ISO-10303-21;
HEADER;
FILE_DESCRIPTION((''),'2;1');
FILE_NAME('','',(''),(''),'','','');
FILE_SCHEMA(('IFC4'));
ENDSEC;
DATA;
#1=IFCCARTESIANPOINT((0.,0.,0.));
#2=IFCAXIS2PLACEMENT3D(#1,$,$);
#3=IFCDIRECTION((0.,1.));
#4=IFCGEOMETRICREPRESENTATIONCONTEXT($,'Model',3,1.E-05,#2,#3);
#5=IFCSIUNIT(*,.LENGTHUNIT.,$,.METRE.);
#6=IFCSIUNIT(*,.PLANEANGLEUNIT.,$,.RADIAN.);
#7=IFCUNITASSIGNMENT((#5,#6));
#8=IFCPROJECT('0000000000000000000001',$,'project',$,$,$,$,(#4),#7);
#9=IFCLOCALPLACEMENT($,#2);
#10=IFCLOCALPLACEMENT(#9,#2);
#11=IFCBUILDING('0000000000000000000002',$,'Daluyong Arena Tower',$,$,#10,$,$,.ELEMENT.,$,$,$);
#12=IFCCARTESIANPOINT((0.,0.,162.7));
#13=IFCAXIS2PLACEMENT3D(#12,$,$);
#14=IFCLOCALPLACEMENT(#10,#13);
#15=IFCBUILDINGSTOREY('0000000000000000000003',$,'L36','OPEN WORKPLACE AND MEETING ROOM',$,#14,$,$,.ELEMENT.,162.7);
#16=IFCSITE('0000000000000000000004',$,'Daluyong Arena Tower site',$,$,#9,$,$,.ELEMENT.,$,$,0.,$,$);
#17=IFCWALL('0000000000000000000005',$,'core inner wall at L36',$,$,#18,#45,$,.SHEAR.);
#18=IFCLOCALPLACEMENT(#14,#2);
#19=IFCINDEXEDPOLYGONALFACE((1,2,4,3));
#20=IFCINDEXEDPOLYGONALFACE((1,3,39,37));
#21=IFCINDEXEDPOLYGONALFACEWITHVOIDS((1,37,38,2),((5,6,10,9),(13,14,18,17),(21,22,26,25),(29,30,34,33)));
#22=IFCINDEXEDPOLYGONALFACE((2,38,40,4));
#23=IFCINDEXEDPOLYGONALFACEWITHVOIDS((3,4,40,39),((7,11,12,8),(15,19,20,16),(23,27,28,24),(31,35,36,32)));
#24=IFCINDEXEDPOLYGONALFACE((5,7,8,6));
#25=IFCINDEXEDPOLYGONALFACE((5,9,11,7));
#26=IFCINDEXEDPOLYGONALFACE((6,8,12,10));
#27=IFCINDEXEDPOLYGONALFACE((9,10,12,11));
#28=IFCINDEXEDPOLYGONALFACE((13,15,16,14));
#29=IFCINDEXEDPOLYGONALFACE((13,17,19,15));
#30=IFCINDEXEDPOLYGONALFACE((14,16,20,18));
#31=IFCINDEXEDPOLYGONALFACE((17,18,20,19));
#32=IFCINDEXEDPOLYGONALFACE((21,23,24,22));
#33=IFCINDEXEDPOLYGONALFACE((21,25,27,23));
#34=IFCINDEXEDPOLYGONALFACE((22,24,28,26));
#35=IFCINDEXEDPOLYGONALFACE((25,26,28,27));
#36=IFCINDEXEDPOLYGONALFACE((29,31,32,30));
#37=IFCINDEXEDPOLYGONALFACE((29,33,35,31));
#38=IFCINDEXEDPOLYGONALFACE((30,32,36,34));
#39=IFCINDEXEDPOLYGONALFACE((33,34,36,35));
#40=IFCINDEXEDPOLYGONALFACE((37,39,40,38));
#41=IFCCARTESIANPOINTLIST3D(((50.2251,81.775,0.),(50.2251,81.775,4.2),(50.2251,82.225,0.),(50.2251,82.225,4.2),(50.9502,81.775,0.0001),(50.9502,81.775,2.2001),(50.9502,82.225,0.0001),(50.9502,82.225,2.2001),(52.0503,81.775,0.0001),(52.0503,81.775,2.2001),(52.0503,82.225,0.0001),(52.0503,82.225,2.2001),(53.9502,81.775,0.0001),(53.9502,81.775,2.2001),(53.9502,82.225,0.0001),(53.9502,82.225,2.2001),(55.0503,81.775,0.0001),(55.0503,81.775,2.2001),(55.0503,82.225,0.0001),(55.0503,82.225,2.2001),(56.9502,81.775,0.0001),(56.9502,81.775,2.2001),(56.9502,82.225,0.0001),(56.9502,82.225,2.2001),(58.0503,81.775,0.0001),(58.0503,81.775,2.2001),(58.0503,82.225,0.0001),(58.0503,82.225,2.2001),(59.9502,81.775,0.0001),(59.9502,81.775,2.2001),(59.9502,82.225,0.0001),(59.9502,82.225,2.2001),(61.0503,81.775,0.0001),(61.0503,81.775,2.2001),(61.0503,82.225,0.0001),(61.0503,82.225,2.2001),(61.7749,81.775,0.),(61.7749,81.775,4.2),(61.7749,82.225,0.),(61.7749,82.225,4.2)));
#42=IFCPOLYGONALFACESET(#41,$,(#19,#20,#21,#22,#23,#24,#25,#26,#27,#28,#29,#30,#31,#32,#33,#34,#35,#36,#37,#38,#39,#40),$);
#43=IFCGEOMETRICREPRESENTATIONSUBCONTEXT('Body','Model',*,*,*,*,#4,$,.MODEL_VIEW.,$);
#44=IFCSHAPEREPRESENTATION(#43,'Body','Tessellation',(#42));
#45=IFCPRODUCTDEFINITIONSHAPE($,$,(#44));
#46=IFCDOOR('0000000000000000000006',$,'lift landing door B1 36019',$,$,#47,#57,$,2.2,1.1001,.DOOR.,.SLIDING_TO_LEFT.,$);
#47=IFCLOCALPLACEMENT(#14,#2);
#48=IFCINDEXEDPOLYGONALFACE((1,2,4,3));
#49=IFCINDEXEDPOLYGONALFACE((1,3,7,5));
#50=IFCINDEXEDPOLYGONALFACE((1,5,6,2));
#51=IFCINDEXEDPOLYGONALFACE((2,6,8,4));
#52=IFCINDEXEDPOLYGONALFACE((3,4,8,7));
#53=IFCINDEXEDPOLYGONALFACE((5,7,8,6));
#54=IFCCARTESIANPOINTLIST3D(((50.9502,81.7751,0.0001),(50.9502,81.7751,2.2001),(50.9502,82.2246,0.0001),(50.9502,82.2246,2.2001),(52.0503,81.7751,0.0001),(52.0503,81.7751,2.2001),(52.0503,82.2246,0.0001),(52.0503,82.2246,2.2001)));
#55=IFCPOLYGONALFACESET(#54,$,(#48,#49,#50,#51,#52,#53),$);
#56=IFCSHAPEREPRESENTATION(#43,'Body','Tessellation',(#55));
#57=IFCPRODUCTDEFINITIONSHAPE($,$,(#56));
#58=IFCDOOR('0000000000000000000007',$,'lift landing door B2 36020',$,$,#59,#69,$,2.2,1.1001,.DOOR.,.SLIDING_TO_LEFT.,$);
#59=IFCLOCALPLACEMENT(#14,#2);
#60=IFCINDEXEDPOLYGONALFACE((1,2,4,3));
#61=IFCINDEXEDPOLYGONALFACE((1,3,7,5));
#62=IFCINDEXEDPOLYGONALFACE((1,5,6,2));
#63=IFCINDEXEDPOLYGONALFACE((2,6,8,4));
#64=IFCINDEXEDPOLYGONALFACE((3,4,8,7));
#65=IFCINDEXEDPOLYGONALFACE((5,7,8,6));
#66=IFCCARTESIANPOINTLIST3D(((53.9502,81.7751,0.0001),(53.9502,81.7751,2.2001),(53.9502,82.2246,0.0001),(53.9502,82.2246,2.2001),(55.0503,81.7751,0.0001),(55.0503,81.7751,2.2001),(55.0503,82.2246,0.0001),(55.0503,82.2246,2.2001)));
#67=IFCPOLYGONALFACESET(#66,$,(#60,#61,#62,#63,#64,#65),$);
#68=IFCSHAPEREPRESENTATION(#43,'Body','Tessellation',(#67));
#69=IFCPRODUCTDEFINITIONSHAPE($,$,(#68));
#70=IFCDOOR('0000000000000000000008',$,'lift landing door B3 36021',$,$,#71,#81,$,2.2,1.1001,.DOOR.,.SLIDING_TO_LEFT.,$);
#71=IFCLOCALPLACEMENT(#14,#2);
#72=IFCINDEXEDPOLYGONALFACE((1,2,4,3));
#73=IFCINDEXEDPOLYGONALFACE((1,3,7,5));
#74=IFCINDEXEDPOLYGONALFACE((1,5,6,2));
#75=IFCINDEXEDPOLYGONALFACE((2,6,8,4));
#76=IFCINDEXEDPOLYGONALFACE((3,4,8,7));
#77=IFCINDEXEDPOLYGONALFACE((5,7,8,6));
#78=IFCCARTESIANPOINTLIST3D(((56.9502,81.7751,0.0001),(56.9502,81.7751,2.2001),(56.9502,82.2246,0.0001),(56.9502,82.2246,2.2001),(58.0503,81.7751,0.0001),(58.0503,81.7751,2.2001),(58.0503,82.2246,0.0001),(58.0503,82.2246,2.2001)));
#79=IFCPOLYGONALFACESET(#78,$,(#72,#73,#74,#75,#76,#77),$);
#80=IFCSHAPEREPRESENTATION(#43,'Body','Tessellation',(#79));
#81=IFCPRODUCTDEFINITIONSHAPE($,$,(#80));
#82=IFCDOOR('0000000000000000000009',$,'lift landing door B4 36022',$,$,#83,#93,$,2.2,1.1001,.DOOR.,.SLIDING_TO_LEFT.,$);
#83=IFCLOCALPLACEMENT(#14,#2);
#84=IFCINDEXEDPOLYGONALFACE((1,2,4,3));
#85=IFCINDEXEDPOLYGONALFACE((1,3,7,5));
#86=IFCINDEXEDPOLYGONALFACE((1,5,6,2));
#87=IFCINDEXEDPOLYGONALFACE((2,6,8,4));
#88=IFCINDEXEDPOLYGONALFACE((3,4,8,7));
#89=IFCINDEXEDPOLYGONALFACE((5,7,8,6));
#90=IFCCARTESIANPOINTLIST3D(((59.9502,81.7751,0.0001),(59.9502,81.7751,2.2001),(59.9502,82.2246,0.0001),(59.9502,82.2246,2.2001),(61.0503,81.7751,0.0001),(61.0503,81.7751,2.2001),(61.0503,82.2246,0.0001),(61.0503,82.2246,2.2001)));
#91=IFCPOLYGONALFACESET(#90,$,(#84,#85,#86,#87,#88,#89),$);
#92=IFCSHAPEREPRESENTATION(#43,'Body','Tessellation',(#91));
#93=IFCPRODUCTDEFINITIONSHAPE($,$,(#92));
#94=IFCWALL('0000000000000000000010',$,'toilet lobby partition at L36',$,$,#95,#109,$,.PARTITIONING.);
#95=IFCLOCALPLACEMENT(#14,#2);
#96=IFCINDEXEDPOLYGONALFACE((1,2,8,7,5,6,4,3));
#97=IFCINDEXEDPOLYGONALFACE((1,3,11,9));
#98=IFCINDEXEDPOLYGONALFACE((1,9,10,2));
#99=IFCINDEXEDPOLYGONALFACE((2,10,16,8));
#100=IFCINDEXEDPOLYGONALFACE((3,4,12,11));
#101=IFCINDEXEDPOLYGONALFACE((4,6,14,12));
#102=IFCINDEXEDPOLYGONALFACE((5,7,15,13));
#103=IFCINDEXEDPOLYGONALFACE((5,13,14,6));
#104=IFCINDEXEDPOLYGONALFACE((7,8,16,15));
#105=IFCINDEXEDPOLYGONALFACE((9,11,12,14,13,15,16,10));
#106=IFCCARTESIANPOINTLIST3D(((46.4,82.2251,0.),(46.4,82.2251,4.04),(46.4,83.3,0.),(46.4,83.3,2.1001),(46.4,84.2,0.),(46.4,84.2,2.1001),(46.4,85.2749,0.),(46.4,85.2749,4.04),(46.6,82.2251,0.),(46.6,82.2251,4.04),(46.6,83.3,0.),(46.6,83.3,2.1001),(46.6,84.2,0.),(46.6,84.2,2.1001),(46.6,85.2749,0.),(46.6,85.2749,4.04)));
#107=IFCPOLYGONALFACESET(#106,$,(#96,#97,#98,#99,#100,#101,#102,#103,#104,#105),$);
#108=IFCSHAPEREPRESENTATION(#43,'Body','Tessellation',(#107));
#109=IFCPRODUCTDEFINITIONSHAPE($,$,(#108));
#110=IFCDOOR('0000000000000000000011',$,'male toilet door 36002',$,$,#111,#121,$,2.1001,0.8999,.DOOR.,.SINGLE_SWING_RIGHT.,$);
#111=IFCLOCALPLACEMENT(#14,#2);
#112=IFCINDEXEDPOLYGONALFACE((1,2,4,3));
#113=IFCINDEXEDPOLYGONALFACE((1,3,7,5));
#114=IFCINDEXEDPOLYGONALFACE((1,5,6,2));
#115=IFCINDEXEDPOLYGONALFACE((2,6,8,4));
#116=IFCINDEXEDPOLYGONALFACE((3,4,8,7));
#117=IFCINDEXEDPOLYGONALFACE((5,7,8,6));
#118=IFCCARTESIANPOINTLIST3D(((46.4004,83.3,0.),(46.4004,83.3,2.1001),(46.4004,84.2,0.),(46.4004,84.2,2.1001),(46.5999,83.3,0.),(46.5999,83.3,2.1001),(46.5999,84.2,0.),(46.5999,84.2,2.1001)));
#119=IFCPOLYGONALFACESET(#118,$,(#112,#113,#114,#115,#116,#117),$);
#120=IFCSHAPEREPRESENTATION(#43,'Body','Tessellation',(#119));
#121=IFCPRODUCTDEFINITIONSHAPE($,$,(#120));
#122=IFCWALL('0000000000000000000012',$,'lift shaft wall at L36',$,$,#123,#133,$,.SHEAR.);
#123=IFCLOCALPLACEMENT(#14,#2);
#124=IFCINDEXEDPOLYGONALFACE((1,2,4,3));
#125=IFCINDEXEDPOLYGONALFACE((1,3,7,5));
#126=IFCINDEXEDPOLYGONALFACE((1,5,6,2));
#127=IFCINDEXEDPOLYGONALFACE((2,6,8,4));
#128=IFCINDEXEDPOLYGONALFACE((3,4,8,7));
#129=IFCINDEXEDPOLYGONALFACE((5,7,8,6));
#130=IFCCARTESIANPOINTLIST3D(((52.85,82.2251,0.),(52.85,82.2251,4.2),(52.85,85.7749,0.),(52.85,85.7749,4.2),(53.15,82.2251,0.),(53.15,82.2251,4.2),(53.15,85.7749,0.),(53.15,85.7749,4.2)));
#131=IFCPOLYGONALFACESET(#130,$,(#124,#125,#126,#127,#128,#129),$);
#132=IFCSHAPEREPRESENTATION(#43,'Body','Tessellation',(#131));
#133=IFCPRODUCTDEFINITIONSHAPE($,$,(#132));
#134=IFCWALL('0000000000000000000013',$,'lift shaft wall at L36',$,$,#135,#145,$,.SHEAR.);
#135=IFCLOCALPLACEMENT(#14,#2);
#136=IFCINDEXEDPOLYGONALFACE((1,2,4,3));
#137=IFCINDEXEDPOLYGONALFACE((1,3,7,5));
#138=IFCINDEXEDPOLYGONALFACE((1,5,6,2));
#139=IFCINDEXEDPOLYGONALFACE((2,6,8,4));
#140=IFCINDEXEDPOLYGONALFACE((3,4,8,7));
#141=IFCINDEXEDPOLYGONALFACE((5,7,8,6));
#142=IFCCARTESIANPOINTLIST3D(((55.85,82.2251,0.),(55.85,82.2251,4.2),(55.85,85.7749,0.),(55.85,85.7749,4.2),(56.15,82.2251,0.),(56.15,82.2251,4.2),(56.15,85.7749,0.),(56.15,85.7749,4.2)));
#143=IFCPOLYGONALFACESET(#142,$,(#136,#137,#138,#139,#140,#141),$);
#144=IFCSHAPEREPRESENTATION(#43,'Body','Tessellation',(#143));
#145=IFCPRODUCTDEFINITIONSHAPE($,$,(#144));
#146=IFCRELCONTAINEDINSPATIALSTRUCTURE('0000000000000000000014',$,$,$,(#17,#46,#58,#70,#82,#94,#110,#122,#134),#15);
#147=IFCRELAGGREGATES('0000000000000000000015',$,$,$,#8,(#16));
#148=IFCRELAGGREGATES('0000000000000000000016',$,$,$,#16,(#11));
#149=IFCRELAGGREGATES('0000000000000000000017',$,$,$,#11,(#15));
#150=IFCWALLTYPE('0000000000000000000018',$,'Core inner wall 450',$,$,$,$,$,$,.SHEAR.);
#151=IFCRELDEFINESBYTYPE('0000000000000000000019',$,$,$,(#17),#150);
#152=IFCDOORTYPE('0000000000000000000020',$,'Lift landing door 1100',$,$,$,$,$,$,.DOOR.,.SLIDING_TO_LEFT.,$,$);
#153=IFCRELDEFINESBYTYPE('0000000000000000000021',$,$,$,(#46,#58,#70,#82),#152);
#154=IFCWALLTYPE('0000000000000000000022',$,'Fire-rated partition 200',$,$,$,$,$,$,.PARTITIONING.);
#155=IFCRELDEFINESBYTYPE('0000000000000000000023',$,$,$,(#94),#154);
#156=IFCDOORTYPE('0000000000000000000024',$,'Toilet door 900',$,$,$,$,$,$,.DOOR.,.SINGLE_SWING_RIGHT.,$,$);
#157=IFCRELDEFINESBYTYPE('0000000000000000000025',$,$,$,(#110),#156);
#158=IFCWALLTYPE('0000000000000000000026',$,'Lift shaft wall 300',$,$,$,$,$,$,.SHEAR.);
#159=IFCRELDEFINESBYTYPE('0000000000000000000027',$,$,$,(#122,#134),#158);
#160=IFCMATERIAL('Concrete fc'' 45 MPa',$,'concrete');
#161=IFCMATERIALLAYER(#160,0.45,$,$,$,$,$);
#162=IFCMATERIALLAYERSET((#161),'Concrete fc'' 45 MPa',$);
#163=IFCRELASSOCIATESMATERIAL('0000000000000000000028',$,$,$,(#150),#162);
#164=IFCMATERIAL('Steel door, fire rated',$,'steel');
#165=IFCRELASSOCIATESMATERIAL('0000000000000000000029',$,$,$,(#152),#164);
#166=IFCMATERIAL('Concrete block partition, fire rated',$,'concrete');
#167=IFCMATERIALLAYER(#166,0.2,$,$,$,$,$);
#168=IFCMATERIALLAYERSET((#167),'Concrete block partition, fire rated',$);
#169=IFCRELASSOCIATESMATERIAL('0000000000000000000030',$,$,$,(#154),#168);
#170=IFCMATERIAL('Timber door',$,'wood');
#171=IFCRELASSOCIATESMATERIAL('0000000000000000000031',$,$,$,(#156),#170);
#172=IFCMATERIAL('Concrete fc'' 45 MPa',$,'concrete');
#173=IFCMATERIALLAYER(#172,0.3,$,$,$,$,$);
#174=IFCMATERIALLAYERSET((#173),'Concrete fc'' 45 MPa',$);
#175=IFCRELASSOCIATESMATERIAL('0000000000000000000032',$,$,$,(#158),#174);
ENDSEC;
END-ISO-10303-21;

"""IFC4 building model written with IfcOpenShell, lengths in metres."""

from ifc_helpers import new_model, si_unit, direction, frame, frame_2d, origin, place, context, subcontext, project, spatial, rectangle, extrude, material, layer, layer_set, type_object, element, fill, save


model = new_model("IFC4")

# Units and contexts
model_context = context("Model", 3, precision=1e-05, world=origin(), true_north=direction((0.0, 1.0)))
body_context = subcontext(model_context, "Body", "Model", "MODEL_VIEW")
ifc_project = project(units=[si_unit("LENGTHUNIT", "METRE"), si_unit("PLANEANGLEUNIT", "RADIAN")], contexts=[model_context])

# Site, building, storey
site_placement = place(None, origin())
site = spatial("IfcSite", under=ifc_project, at=site_placement, Name="Daluyong Arena Tower site", CompositionType="ELEMENT", RefElevation=0.0)
building_placement = place(site_placement, origin())
building = spatial("IfcBuilding", under=site, at=building_placement, Name="Daluyong Arena Tower", CompositionType="ELEMENT")
storey_placement = place(building_placement, frame((0.0, 0.0, 162.7)))
storey = spatial("IfcBuildingStorey", under=building, at=storey_placement, Name="L36", Description="OPEN WORKPLACE AND MEETING ROOM", CompositionType="ELEMENT", Elevation=162.7)

# Wall, openings, doors
ifc_material_1 = material(Name="Concrete fc' 45 MPa", Category="concrete")
ifc_layer_1 = layer(ifc_material_1, 0.45)
ifc_layer_set_1 = layer_set([ifc_layer_1], Name="Concrete fc' 45 MPa")
wall_type_1 = type_object("IfcWallType", Name="Core inner wall 450", PredefinedType="SHEAR", material=ifc_layer_set_1)
wall_1_placement = place(storey_placement, frame((50.2251, 82.0, 0.0), z_axis=(0.0, 0.0, 1.0), x_axis=(1.0, 0.0, 0.0)))
wall_1 = element("IfcWall", 1, at=wall_1_placement, inside=storey, type_object=wall_type_1, Name="core inner wall at L36", PredefinedType="SHEAR", context=body_context, shape_type="SweptSolid", body=[
    extrude(rectangle(XDim=11.5498, YDim=0.45, at=frame_2d((5.7749, 0.0))), origin(), (0.0, 0.0, 1.0), 4.2),
])
opening_1_placement = place(wall_1_placement, frame((0.7251, 0.0, 0.0)))
opening_1 = element("IfcOpeningElement", 2, at=opening_1_placement, cuts=wall_1, PredefinedType="OPENING", context=body_context, shape_type="SweptSolid", body=[
    extrude(rectangle(XDim=1.1001, YDim=2.2, at=frame_2d((0.55, 1.1001))), frame((0.0, 0.2349, 0.0), z_axis=(0.0, -1.0, 0.0), x_axis=(1.0, 0.0, 0.0)), (0.0, 0.0, 1.0), 0.47),
])
opening_2_placement = place(wall_1_placement, frame((3.7251, 0.0, 0.0)))
opening_2 = element("IfcOpeningElement", 3, at=opening_2_placement, cuts=wall_1, PredefinedType="OPENING", context=body_context, shape_type="SweptSolid", body=[
    extrude(rectangle(XDim=1.1001, YDim=2.2, at=frame_2d((0.55, 1.1001))), frame((0.0, 0.2349, 0.0), z_axis=(0.0, -1.0, 0.0), x_axis=(1.0, 0.0, 0.0)), (0.0, 0.0, 1.0), 0.47),
])
opening_3_placement = place(wall_1_placement, frame((6.7251, 0.0, 0.0)))
opening_3 = element("IfcOpeningElement", 4, at=opening_3_placement, cuts=wall_1, PredefinedType="OPENING", context=body_context, shape_type="SweptSolid", body=[
    extrude(rectangle(XDim=1.1001, YDim=2.2, at=frame_2d((0.55, 1.1001))), frame((0.0, 0.2349, 0.0), z_axis=(0.0, -1.0, 0.0), x_axis=(1.0, 0.0, 0.0)), (0.0, 0.0, 1.0), 0.47),
])
opening_4_placement = place(wall_1_placement, frame((9.7251, 0.0, 0.0)))
opening_4 = element("IfcOpeningElement", 5, at=opening_4_placement, cuts=wall_1, PredefinedType="OPENING", context=body_context, shape_type="SweptSolid", body=[
    extrude(rectangle(XDim=1.1001, YDim=2.2, at=frame_2d((0.55, 1.1001))), frame((0.0, 0.2349, 0.0), z_axis=(0.0, -1.0, 0.0), x_axis=(1.0, 0.0, 0.0)), (0.0, 0.0, 1.0), 0.47),
])
ifc_material_2 = material(Name="Steel door, fire rated", Category="steel")
door_type_1 = type_object("IfcDoorType", Name="Lift landing door 1100", OperationType="SLIDING_TO_LEFT", PredefinedType="DOOR", material=ifc_material_2)
door_1_placement = place(opening_1_placement, origin())
door_1 = element("IfcDoor", 6, at=door_1_placement, inside=storey, type_object=door_type_1, Name="lift landing door B1 36019", OperationType="SLIDING_TO_LEFT", OverallHeight=2.2, OverallWidth=1.1001, PredefinedType="DOOR", context=body_context, shape_type="SweptSolid", body=[
    extrude(rectangle(XDim=1.1001, YDim=2.2, at=frame_2d((0.55, 1.1001))), frame((0.0, 0.2246, 0.0), z_axis=(0.0, -1.0, 0.0), x_axis=(1.0, 0.0, 0.0)), (0.0, 0.0, 1.0), 0.4495),
])
fill(opening_1, door_1)
door_2_placement = place(opening_2_placement, origin())
door_2 = element("IfcDoor", 7, at=door_2_placement, inside=storey, type_object=door_type_1, Name="lift landing door B2 36020", OperationType="SLIDING_TO_LEFT", OverallHeight=2.2, OverallWidth=1.1001, PredefinedType="DOOR", context=body_context, shape_type="SweptSolid", body=[
    extrude(rectangle(XDim=1.1001, YDim=2.2, at=frame_2d((0.55, 1.1001))), frame((0.0, 0.2246, 0.0), z_axis=(0.0, -1.0, 0.0), x_axis=(1.0, 0.0, 0.0)), (0.0, 0.0, 1.0), 0.4495),
])
fill(opening_2, door_2)
door_3_placement = place(opening_3_placement, origin())
door_3 = element("IfcDoor", 8, at=door_3_placement, inside=storey, type_object=door_type_1, Name="lift landing door B3 36021", OperationType="SLIDING_TO_LEFT", OverallHeight=2.2, OverallWidth=1.1001, PredefinedType="DOOR", context=body_context, shape_type="SweptSolid", body=[
    extrude(rectangle(XDim=1.1001, YDim=2.2, at=frame_2d((0.55, 1.1001))), frame((0.0, 0.2246, 0.0), z_axis=(0.0, -1.0, 0.0), x_axis=(1.0, 0.0, 0.0)), (0.0, 0.0, 1.0), 0.4495),
])
fill(opening_3, door_3)
door_4_placement = place(opening_4_placement, origin())
door_4 = element("IfcDoor", 9, at=door_4_placement, inside=storey, type_object=door_type_1, Name="lift landing door B4 36022", OperationType="SLIDING_TO_LEFT", OverallHeight=2.2, OverallWidth=1.1001, PredefinedType="DOOR", context=body_context, shape_type="SweptSolid", body=[
    extrude(rectangle(XDim=1.1001, YDim=2.2, at=frame_2d((0.55, 1.1001))), frame((0.0, 0.2246, 0.0), z_axis=(0.0, -1.0, 0.0), x_axis=(1.0, 0.0, 0.0)), (0.0, 0.0, 1.0), 0.4495),
])
fill(opening_4, door_4)

# Wall, opening, door
ifc_material_3 = material(Name="Concrete block partition, fire rated", Category="concrete")
ifc_layer_2 = layer(ifc_material_3, 0.2)
ifc_layer_set_2 = layer_set([ifc_layer_2], Name="Concrete block partition, fire rated")
wall_type_2 = type_object("IfcWallType", Name="Fire-rated partition 200", PredefinedType="PARTITIONING", material=ifc_layer_set_2)
wall_2_placement = place(storey_placement, frame((46.5, 82.2251, 0.0), z_axis=(0.0, 0.0, 1.0), x_axis=(0.0, 1.0, 0.0)))
wall_2 = element("IfcWall", 10, at=wall_2_placement, inside=storey, type_object=wall_type_2, Name="toilet lobby partition at L36", PredefinedType="PARTITIONING", context=body_context, shape_type="SweptSolid", body=[
    extrude(rectangle(XDim=3.0498, YDim=0.2, at=frame_2d((1.5249, 0.0))), origin(), (0.0, 0.0, 1.0), 4.04),
])
opening_5_placement = place(wall_2_placement, frame((1.075, 0.0, 0.0)))
opening_5 = element("IfcOpeningElement", 11, at=opening_5_placement, cuts=wall_2, PredefinedType="OPENING", context=body_context, shape_type="SweptSolid", body=[
    extrude(rectangle(XDim=0.8999, YDim=2.1001, at=frame_2d((0.45, 1.05))), frame((0.0, 0.1099, 0.0), z_axis=(0.0, -1.0, 0.0), x_axis=(1.0, 0.0, 0.0)), (0.0, 0.0, 1.0), 0.22),
])
ifc_material_4 = material(Name="Timber door", Category="wood")
door_type_2 = type_object("IfcDoorType", Name="Toilet door 900", OperationType="SINGLE_SWING_RIGHT", PredefinedType="DOOR", material=ifc_material_4)
door_5_placement = place(opening_5_placement, origin())
door_5 = element("IfcDoor", 12, at=door_5_placement, inside=storey, type_object=door_type_2, Name="male toilet door 36002", OperationType="SINGLE_SWING_RIGHT", OverallHeight=2.1001, OverallWidth=0.8999, PredefinedType="DOOR", context=body_context, shape_type="SweptSolid", body=[
    extrude(rectangle(XDim=0.8999, YDim=2.1001, at=frame_2d((0.45, 1.05))), frame((0.0, 0.0996, 0.0), z_axis=(0.0, -1.0, 0.0), x_axis=(1.0, 0.0, 0.0)), (0.0, 0.0, 1.0), 0.1995),
])
fill(opening_5, door_5)

# Walls
ifc_material_5 = material(Name="Concrete fc' 45 MPa", Category="concrete")
ifc_layer_3 = layer(ifc_material_5, 0.3)
ifc_layer_set_3 = layer_set([ifc_layer_3], Name="Concrete fc' 45 MPa")
wall_type_3 = type_object("IfcWallType", Name="Lift shaft wall 300", PredefinedType="SHEAR", material=ifc_layer_set_3)
for number, where, z_axis, x_axis, name in (
    (13, (53.0, 82.2251, 0.0), (0.0, 0.0, 1.0), (0.0, 1.0, 0.0), "lift shaft wall at L36"),
    (14, (56.0, 82.2251, 0.0), (0.0, 0.0, 1.0), (0.0, 1.0, 0.0), "lift shaft wall at L36"),
):
    element("IfcWall", number, at=place(storey_placement, frame(where, z_axis=z_axis, x_axis=x_axis)), inside=storey, type_object=wall_type_3, Name=name, PredefinedType="SHEAR", context=body_context, shape_type="SweptSolid", body=[
        extrude(rectangle(XDim=3.5498, YDim=0.3, at=frame_2d((1.7749, 0.0))), origin(), (0.0, 0.0, 1.0), 4.2),
    ])

save(model, "model.ifc")
